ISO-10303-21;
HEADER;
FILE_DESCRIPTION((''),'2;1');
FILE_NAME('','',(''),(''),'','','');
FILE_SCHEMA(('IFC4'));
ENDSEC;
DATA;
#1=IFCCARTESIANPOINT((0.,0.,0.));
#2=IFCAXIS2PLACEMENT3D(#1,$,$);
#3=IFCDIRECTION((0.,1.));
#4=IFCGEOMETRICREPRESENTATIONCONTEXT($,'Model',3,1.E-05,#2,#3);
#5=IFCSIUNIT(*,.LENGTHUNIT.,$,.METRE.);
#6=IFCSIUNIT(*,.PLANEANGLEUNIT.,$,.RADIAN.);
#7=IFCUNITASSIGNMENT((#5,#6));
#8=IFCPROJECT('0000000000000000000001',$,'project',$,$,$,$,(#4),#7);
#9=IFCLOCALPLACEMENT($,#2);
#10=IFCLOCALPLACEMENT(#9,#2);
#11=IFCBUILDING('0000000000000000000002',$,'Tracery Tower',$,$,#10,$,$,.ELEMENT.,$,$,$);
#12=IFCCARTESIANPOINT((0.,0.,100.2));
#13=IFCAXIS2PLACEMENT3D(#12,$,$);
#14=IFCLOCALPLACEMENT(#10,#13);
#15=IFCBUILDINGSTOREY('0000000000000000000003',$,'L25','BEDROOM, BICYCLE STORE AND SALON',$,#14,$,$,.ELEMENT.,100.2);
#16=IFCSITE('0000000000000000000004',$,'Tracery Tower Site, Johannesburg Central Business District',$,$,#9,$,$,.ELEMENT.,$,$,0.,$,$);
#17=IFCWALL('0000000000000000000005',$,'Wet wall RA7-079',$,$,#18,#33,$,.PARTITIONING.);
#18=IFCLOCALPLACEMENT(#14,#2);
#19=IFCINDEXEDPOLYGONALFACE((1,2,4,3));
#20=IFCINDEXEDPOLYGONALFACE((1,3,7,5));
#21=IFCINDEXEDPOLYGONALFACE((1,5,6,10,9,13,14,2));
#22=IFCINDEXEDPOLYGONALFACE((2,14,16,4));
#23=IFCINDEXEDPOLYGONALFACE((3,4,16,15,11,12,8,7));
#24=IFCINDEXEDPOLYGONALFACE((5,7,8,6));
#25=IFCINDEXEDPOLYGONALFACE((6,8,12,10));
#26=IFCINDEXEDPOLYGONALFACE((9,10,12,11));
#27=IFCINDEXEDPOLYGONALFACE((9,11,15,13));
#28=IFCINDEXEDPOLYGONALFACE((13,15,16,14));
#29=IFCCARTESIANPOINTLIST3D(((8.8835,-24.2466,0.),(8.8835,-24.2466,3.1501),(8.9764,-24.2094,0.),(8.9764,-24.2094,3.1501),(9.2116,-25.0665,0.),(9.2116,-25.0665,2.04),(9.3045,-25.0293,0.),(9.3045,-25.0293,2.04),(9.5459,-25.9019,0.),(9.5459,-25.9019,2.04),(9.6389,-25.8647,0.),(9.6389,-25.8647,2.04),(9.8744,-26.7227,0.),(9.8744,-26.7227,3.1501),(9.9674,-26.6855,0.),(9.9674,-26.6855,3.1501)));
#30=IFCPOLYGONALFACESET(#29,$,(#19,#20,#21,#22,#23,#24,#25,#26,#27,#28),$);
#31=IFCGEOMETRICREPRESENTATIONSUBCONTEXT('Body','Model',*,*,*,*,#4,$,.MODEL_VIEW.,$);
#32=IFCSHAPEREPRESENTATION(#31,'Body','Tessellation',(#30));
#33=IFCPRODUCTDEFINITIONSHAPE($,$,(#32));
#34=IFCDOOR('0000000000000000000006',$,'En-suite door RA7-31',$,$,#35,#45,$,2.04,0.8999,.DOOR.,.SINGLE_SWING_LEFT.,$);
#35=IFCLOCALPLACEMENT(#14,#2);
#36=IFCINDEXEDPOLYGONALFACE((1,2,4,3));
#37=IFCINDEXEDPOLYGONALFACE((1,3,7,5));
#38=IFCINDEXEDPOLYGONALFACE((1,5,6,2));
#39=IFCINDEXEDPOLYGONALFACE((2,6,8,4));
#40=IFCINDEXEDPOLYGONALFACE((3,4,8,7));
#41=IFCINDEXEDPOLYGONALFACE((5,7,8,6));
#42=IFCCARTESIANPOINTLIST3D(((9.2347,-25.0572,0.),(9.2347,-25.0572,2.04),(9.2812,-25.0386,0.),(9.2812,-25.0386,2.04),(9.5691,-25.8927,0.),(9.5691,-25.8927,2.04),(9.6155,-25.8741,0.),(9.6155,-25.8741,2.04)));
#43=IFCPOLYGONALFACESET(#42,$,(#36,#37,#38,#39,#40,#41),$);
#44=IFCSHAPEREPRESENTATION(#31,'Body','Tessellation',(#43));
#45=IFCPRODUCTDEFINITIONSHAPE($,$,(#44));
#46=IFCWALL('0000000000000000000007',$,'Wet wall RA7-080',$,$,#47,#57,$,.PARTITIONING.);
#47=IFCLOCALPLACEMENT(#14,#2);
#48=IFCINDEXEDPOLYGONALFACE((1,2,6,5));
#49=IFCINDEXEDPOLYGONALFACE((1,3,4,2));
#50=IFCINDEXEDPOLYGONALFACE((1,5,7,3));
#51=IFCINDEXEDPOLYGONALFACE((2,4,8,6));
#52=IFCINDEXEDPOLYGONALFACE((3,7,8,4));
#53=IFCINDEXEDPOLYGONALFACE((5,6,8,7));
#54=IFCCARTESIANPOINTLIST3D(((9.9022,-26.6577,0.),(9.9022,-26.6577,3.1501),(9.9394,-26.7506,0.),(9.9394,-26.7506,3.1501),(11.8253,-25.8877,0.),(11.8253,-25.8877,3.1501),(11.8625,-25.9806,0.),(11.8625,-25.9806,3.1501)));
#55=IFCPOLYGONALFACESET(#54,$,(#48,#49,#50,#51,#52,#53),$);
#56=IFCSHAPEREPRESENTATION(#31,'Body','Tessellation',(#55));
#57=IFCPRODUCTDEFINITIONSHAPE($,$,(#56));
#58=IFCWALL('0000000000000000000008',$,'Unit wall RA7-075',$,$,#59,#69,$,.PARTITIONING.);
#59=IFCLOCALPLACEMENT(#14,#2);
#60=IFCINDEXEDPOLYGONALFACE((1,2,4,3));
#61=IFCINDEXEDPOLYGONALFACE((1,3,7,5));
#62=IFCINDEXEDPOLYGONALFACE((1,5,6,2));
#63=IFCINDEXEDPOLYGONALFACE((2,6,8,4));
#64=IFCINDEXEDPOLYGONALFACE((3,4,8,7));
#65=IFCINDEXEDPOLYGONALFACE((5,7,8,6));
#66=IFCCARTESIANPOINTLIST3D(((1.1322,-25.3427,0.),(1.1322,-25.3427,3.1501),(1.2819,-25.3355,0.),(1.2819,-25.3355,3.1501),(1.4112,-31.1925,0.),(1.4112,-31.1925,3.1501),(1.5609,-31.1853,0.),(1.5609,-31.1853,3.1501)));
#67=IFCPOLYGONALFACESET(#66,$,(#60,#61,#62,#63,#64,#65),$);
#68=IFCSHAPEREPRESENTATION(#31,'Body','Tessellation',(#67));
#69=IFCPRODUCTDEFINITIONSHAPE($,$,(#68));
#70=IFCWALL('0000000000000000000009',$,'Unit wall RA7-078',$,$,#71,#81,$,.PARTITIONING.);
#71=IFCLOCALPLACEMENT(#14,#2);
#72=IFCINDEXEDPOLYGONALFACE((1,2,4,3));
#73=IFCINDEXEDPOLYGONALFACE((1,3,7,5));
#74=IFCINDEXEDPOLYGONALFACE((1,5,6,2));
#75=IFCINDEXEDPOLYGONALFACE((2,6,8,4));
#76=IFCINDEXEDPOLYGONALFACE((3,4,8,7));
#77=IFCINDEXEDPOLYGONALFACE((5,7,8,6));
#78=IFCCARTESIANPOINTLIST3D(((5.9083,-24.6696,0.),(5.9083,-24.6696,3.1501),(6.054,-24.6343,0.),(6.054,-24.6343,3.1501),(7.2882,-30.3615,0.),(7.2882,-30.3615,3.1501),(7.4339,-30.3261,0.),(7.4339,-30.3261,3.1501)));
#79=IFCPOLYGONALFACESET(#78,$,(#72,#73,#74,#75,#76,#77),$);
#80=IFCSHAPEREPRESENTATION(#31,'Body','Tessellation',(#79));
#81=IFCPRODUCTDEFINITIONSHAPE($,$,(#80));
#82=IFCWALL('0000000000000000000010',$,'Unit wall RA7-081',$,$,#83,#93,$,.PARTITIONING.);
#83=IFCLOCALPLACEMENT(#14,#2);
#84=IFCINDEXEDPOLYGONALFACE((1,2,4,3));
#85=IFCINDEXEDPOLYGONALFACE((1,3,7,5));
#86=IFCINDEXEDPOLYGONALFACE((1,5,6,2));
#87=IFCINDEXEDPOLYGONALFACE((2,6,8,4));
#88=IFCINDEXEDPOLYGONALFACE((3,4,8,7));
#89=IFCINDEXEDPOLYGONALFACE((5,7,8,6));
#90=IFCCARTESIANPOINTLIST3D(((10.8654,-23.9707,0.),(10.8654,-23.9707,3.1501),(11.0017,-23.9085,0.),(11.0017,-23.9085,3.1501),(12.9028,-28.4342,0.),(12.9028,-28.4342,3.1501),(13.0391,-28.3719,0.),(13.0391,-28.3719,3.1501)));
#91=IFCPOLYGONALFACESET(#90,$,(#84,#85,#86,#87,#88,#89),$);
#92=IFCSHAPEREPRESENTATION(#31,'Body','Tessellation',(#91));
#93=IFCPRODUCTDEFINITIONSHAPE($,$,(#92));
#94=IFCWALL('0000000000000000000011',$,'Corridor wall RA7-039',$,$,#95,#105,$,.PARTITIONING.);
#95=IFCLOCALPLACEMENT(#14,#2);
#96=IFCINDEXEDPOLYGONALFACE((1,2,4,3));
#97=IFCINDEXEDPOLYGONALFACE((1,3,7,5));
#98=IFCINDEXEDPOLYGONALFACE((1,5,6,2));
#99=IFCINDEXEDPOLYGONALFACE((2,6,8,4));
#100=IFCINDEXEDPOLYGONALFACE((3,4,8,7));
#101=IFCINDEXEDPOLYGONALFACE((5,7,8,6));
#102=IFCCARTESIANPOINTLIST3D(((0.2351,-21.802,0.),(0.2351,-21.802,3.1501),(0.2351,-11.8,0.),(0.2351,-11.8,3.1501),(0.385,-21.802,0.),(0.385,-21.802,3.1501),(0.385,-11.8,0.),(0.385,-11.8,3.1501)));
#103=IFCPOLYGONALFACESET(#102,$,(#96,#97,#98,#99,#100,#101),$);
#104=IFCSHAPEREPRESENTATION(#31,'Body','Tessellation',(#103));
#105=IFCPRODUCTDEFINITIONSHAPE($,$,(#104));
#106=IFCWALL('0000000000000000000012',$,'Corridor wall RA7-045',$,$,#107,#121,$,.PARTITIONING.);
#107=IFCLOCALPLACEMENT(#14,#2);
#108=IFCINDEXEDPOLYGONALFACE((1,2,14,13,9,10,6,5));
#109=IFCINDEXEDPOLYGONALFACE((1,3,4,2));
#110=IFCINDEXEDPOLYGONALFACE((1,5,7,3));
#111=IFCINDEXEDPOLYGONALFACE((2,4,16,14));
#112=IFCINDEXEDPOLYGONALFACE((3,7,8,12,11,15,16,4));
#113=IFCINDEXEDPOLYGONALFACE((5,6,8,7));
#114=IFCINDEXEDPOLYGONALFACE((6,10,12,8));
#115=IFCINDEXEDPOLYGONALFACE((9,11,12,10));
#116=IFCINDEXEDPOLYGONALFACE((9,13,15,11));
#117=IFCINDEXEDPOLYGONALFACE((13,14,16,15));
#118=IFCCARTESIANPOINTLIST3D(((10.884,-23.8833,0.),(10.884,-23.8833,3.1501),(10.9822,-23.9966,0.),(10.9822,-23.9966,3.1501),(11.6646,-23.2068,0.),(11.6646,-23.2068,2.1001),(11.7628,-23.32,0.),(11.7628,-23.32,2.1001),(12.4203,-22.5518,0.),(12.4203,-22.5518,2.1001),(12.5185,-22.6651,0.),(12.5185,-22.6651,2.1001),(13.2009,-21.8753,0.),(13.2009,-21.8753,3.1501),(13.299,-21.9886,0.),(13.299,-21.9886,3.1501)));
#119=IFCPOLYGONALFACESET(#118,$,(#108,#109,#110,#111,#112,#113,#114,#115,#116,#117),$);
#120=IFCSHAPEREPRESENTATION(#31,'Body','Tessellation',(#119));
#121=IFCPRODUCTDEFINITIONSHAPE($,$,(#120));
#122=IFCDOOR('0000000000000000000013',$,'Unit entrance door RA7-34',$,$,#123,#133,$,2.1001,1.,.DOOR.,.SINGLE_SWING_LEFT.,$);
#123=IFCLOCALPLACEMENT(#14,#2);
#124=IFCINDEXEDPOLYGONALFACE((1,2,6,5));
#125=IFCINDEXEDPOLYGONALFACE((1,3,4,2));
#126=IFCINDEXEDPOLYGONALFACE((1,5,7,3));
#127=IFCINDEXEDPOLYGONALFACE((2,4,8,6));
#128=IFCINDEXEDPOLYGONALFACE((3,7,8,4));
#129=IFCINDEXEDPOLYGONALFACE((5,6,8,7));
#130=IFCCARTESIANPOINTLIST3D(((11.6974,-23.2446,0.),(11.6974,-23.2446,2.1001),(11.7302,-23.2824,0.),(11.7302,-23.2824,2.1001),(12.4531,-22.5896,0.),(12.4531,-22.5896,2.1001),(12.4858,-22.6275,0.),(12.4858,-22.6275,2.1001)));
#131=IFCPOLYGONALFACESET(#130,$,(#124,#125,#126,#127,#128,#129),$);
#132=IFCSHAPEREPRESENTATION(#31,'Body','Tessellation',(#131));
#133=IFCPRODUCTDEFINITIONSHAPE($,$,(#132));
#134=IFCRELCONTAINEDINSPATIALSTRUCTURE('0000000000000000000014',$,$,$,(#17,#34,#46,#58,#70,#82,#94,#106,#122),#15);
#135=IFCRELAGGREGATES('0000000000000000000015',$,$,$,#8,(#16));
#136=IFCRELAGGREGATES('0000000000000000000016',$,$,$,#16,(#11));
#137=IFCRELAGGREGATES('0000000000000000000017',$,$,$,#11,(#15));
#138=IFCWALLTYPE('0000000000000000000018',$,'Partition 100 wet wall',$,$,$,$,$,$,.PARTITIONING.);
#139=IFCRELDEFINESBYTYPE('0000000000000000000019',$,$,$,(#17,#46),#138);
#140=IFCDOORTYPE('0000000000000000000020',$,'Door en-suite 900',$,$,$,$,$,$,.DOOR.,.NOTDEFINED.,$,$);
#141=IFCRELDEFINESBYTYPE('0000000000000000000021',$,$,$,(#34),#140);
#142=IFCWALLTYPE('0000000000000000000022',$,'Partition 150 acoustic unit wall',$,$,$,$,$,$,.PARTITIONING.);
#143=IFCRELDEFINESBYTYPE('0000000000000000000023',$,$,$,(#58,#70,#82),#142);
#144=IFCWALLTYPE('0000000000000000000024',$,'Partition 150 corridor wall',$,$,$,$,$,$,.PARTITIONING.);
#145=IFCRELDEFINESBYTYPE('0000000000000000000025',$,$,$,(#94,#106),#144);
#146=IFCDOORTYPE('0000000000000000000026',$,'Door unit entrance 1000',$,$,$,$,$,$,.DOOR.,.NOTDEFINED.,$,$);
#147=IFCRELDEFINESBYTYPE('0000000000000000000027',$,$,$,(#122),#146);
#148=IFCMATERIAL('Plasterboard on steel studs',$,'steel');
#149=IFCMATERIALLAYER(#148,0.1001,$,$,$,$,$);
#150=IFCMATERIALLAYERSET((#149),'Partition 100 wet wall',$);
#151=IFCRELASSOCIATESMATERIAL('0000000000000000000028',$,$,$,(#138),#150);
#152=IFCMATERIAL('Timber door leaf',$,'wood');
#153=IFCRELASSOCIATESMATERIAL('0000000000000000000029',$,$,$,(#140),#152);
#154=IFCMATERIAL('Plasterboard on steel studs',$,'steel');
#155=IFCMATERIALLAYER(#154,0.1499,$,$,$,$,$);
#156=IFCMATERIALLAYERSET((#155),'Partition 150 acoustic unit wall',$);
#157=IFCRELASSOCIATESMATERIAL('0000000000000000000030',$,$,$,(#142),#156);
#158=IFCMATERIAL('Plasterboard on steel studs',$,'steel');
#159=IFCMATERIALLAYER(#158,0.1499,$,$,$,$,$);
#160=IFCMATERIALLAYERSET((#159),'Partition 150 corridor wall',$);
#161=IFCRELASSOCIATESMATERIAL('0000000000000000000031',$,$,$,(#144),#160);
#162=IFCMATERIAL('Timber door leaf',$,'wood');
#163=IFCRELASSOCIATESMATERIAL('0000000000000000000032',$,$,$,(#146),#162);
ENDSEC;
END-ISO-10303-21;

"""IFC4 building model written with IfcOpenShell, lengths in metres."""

from ifc_helpers import new_model, si_unit, direction, frame, frame_2d, origin, place, context, subcontext, project, spatial, rectangle, extrude, material, layer, layer_set, type_object, element, fill, save


model = new_model("IFC4")

# Units and contexts
model_context = context("Model", 3, precision=1e-05, world=origin(), true_north=direction((0.0, 1.0)))
body_context = subcontext(model_context, "Body", "Model", "MODEL_VIEW")
ifc_project = project(units=[si_unit("LENGTHUNIT", "METRE"), si_unit("PLANEANGLEUNIT", "RADIAN")], contexts=[model_context])

# Site, building, storey
site_placement = place(None, origin())
site = spatial("IfcSite", under=ifc_project, at=site_placement, Name="Tracery Tower Site, Johannesburg Central Business District", CompositionType="ELEMENT", RefElevation=0.0)
building_placement = place(site_placement, origin())
building = spatial("IfcBuilding", under=site, at=building_placement, Name="Tracery Tower", CompositionType="ELEMENT")
storey_placement = place(building_placement, frame((0.0, 0.0, 100.2)))
storey = spatial("IfcBuildingStorey", under=building, at=storey_placement, Name="L25", Description="BEDROOM, BICYCLE STORE AND SALON", CompositionType="ELEMENT", Elevation=100.2)

# Shared definitions
ifc_material_1 = material(Name="Plasterboard on steel studs", Category="steel")
ifc_layer_1 = layer(ifc_material_1, 0.1001)
ifc_layer_set_1 = layer_set([ifc_layer_1], Name="Partition 100 wet wall")
wall_type_1 = type_object("IfcWallType", Name="Partition 100 wet wall", PredefinedType="PARTITIONING", material=ifc_layer_set_1)
ifc_material_2 = material(Name="Timber door leaf", Category="wood")
door_type_1 = type_object("IfcDoorType", Name="Door en-suite 900", OperationType="NOTDEFINED", PredefinedType="DOOR", material=ifc_material_2)

# Wall, opening, door
wall_1_placement = place(storey_placement, frame((8.9299, -24.228, 0.0), z_axis=(0.0, 0.0, 1.0), x_axis=(0.371564, -0.928407, 0.0)))
wall_1 = element("IfcWall", 1, at=wall_1_placement, inside=storey, type_object=wall_type_1, Name="Wet wall RA7-079", PredefinedType="PARTITIONING", context=body_context, shape_type="SweptSolid", body=[
    extrude(rectangle(XDim=2.667, YDim=0.1001, at=frame_2d((1.3335, 0.0))), origin(), (0.0, 0.0, 1.0), 3.1501),
])
opening_1_placement = place(wall_1_placement, frame((0.8831, 0.0, 0.0)))
opening_1 = element("IfcOpeningElement", 2, at=opening_1_placement, cuts=wall_1, PredefinedType="OPENING", context=body_context, shape_type="SweptSolid", body=[
    extrude(rectangle(XDim=0.8999, YDim=2.04, at=frame_2d((0.45, 1.02))), frame((0.0, 0.05, 0.0), z_axis=(0.0, -1.0, 0.0), x_axis=(1.0, 0.0, 0.0)), (0.0, 0.0, 1.0), 0.1001),
])
door_1_placement = place(opening_1_placement, origin())
door_1 = element("IfcDoor", 3, at=door_1_placement, inside=storey, type_object=door_type_1, Name="En-suite door RA7-31", OperationType="SINGLE_SWING_LEFT", OverallHeight=2.04, OverallWidth=0.8999, PredefinedType="DOOR", context=body_context, shape_type="SweptSolid", body=[
    extrude(rectangle(XDim=0.8999, YDim=2.04, at=frame_2d((0.45, 1.02))), frame((0.0, 0.0249, 0.0), z_axis=(0.0, -1.0, 0.0), x_axis=(1.0, 0.0, 0.0)), (0.0, 0.0, 1.0), 0.05),
])
fill(opening_1, door_1)

# Walls
wall_2_placement = place(storey_placement, frame((9.9209, -26.7041, 0.0), z_axis=(0.0, 0.0, 1.0), x_axis=(0.928347, 0.371716, 0.0)))
element("IfcWall", 4, at=wall_2_placement, inside=storey, type_object=wall_type_1, Name="Wet wall RA7-080", PredefinedType="PARTITIONING", context=body_context, shape_type="SweptSolid", body=[
    extrude(rectangle(XDim=2.0715, YDim=0.1001, at=frame_2d((1.0356, 0.0))), origin(), (0.0, 0.0, 1.0), 3.1501),
])
ifc_material_3 = material(Name="Plasterboard on steel studs", Category="steel")
ifc_layer_2 = layer(ifc_material_3, 0.1499)
ifc_layer_set_2 = layer_set([ifc_layer_2], Name="Partition 150 acoustic unit wall")
wall_type_2 = type_object("IfcWallType", Name="Partition 150 acoustic unit wall", PredefinedType="PARTITIONING", material=ifc_layer_set_2)
wall_3_placement = place(storey_placement, frame((1.207, -25.3391, 0.0), z_axis=(0.0, 0.0, 1.0), x_axis=(0.047648, -0.998864, 0.0)))
element("IfcWall", 5, at=wall_3_placement, inside=storey, type_object=wall_type_2, Name="Unit wall RA7-075", PredefinedType="PARTITIONING", context=body_context, shape_type="SweptSolid", body=[
    extrude(rectangle(XDim=5.8564, YDim=0.1499, at=frame_2d((2.9282, 0.0))), origin(), (0.0, 0.0, 1.0), 3.1501),
])
wall_4_placement = place(storey_placement, frame((5.9812, -24.6521, 0.0), z_axis=(0.0, 0.0, 1.0), x_axis=(0.235605, -0.971849, 0.0)))
element("IfcWall", 6, at=wall_4_placement, inside=storey, type_object=wall_type_2, Name="Unit wall RA7-078", PredefinedType="PARTITIONING", context=body_context, shape_type="SweptSolid", body=[
    extrude(rectangle(XDim=5.8567, YDim=0.1499, at=frame_2d((2.9282, 0.0))), origin(), (0.0, 0.0, 1.0), 3.1501),
])
wall_5_placement = place(storey_placement, frame((10.9336, -23.9397, 0.0), z_axis=(0.0, 0.0, 1.0), x_axis=(0.415246, -0.909709, 0.0)))
element("IfcWall", 7, at=wall_5_placement, inside=storey, type_object=wall_type_2, Name="Unit wall RA7-081", PredefinedType="PARTITIONING", context=body_context, shape_type="SweptSolid", body=[
    extrude(rectangle(XDim=4.9065, YDim=0.1499, at=frame_2d((2.4531, 0.0))), origin(), (0.0, 0.0, 1.0), 3.1501),
])
ifc_material_4 = material(Name="Plasterboard on steel studs", Category="steel")
ifc_layer_3 = layer(ifc_material_4, 0.1499)
ifc_layer_set_3 = layer_set([ifc_layer_3], Name="Partition 150 corridor wall")
wall_type_3 = type_object("IfcWallType", Name="Partition 150 corridor wall", PredefinedType="PARTITIONING", material=ifc_layer_set_3)
wall_6_placement = place(storey_placement, frame((0.3101, -21.802, 0.0), z_axis=(0.0, 0.0, 1.0), x_axis=(0.0, 1.0, 0.0)))
element("IfcWall", 8, at=wall_6_placement, inside=storey, type_object=wall_type_3, Name="Corridor wall RA7-039", PredefinedType="PARTITIONING", context=body_context, shape_type="SweptSolid", body=[
    extrude(rectangle(XDim=10.002, YDim=0.1499, at=frame_2d((5.001, 0.0))), origin(), (0.0, 0.0, 1.0), 3.1501),
])

# Wall, opening, door
wall_7_placement = place(storey_placement, frame((10.9331, -23.9399, 0.0), z_axis=(0.0, 0.0, 1.0), x_axis=(0.755676, 0.654946, 0.0)))
wall_7 = element("IfcWall", 9, at=wall_7_placement, inside=storey, type_object=wall_type_3, Name="Corridor wall RA7-045", PredefinedType="PARTITIONING", context=body_context, shape_type="SweptSolid", body=[
    extrude(rectangle(XDim=3.0659, YDim=0.1499, at=frame_2d((1.533, 0.0))), origin(), (0.0, 0.0, 1.0), 3.1501),
])
opening_2_placement = place(wall_7_placement, frame((1.033, 0.0, 0.0)))
opening_2 = element("IfcOpeningElement", 10, at=opening_2_placement, cuts=wall_7, PredefinedType="OPENING", context=body_context, shape_type="SweptSolid", body=[
    extrude(rectangle(XDim=1.0, YDim=2.1001, at=frame_2d((0.5, 1.05))), frame((0.0, 0.075, 0.0), z_axis=(0.0, -1.0, 0.0), x_axis=(1.0, 0.0, 0.0)), (0.0, 0.0, 1.0), 0.1499),
])
ifc_material_5 = material(Name="Timber door leaf", Category="wood")
door_type_2 = type_object("IfcDoorType", Name="Door unit entrance 1000", OperationType="NOTDEFINED", PredefinedType="DOOR", material=ifc_material_5)
door_2_placement = place(opening_2_placement, origin())
door_2 = element("IfcDoor", 11, at=door_2_placement, inside=storey, type_object=door_type_2, Name="Unit entrance door RA7-34", OperationType="SINGLE_SWING_LEFT", OverallHeight=2.1001, OverallWidth=1.0, PredefinedType="DOOR", context=body_context, shape_type="SweptSolid", body=[
    extrude(rectangle(XDim=1.0, YDim=2.1001, at=frame_2d((0.5, 1.05))), frame((0.0, 0.0249, 0.0), z_axis=(0.0, -1.0, 0.0), x_axis=(1.0, 0.0, 0.0)), (0.0, 0.0, 1.0), 0.05),
])
fill(opening_2, door_2)

save(model, "model.ifc")
